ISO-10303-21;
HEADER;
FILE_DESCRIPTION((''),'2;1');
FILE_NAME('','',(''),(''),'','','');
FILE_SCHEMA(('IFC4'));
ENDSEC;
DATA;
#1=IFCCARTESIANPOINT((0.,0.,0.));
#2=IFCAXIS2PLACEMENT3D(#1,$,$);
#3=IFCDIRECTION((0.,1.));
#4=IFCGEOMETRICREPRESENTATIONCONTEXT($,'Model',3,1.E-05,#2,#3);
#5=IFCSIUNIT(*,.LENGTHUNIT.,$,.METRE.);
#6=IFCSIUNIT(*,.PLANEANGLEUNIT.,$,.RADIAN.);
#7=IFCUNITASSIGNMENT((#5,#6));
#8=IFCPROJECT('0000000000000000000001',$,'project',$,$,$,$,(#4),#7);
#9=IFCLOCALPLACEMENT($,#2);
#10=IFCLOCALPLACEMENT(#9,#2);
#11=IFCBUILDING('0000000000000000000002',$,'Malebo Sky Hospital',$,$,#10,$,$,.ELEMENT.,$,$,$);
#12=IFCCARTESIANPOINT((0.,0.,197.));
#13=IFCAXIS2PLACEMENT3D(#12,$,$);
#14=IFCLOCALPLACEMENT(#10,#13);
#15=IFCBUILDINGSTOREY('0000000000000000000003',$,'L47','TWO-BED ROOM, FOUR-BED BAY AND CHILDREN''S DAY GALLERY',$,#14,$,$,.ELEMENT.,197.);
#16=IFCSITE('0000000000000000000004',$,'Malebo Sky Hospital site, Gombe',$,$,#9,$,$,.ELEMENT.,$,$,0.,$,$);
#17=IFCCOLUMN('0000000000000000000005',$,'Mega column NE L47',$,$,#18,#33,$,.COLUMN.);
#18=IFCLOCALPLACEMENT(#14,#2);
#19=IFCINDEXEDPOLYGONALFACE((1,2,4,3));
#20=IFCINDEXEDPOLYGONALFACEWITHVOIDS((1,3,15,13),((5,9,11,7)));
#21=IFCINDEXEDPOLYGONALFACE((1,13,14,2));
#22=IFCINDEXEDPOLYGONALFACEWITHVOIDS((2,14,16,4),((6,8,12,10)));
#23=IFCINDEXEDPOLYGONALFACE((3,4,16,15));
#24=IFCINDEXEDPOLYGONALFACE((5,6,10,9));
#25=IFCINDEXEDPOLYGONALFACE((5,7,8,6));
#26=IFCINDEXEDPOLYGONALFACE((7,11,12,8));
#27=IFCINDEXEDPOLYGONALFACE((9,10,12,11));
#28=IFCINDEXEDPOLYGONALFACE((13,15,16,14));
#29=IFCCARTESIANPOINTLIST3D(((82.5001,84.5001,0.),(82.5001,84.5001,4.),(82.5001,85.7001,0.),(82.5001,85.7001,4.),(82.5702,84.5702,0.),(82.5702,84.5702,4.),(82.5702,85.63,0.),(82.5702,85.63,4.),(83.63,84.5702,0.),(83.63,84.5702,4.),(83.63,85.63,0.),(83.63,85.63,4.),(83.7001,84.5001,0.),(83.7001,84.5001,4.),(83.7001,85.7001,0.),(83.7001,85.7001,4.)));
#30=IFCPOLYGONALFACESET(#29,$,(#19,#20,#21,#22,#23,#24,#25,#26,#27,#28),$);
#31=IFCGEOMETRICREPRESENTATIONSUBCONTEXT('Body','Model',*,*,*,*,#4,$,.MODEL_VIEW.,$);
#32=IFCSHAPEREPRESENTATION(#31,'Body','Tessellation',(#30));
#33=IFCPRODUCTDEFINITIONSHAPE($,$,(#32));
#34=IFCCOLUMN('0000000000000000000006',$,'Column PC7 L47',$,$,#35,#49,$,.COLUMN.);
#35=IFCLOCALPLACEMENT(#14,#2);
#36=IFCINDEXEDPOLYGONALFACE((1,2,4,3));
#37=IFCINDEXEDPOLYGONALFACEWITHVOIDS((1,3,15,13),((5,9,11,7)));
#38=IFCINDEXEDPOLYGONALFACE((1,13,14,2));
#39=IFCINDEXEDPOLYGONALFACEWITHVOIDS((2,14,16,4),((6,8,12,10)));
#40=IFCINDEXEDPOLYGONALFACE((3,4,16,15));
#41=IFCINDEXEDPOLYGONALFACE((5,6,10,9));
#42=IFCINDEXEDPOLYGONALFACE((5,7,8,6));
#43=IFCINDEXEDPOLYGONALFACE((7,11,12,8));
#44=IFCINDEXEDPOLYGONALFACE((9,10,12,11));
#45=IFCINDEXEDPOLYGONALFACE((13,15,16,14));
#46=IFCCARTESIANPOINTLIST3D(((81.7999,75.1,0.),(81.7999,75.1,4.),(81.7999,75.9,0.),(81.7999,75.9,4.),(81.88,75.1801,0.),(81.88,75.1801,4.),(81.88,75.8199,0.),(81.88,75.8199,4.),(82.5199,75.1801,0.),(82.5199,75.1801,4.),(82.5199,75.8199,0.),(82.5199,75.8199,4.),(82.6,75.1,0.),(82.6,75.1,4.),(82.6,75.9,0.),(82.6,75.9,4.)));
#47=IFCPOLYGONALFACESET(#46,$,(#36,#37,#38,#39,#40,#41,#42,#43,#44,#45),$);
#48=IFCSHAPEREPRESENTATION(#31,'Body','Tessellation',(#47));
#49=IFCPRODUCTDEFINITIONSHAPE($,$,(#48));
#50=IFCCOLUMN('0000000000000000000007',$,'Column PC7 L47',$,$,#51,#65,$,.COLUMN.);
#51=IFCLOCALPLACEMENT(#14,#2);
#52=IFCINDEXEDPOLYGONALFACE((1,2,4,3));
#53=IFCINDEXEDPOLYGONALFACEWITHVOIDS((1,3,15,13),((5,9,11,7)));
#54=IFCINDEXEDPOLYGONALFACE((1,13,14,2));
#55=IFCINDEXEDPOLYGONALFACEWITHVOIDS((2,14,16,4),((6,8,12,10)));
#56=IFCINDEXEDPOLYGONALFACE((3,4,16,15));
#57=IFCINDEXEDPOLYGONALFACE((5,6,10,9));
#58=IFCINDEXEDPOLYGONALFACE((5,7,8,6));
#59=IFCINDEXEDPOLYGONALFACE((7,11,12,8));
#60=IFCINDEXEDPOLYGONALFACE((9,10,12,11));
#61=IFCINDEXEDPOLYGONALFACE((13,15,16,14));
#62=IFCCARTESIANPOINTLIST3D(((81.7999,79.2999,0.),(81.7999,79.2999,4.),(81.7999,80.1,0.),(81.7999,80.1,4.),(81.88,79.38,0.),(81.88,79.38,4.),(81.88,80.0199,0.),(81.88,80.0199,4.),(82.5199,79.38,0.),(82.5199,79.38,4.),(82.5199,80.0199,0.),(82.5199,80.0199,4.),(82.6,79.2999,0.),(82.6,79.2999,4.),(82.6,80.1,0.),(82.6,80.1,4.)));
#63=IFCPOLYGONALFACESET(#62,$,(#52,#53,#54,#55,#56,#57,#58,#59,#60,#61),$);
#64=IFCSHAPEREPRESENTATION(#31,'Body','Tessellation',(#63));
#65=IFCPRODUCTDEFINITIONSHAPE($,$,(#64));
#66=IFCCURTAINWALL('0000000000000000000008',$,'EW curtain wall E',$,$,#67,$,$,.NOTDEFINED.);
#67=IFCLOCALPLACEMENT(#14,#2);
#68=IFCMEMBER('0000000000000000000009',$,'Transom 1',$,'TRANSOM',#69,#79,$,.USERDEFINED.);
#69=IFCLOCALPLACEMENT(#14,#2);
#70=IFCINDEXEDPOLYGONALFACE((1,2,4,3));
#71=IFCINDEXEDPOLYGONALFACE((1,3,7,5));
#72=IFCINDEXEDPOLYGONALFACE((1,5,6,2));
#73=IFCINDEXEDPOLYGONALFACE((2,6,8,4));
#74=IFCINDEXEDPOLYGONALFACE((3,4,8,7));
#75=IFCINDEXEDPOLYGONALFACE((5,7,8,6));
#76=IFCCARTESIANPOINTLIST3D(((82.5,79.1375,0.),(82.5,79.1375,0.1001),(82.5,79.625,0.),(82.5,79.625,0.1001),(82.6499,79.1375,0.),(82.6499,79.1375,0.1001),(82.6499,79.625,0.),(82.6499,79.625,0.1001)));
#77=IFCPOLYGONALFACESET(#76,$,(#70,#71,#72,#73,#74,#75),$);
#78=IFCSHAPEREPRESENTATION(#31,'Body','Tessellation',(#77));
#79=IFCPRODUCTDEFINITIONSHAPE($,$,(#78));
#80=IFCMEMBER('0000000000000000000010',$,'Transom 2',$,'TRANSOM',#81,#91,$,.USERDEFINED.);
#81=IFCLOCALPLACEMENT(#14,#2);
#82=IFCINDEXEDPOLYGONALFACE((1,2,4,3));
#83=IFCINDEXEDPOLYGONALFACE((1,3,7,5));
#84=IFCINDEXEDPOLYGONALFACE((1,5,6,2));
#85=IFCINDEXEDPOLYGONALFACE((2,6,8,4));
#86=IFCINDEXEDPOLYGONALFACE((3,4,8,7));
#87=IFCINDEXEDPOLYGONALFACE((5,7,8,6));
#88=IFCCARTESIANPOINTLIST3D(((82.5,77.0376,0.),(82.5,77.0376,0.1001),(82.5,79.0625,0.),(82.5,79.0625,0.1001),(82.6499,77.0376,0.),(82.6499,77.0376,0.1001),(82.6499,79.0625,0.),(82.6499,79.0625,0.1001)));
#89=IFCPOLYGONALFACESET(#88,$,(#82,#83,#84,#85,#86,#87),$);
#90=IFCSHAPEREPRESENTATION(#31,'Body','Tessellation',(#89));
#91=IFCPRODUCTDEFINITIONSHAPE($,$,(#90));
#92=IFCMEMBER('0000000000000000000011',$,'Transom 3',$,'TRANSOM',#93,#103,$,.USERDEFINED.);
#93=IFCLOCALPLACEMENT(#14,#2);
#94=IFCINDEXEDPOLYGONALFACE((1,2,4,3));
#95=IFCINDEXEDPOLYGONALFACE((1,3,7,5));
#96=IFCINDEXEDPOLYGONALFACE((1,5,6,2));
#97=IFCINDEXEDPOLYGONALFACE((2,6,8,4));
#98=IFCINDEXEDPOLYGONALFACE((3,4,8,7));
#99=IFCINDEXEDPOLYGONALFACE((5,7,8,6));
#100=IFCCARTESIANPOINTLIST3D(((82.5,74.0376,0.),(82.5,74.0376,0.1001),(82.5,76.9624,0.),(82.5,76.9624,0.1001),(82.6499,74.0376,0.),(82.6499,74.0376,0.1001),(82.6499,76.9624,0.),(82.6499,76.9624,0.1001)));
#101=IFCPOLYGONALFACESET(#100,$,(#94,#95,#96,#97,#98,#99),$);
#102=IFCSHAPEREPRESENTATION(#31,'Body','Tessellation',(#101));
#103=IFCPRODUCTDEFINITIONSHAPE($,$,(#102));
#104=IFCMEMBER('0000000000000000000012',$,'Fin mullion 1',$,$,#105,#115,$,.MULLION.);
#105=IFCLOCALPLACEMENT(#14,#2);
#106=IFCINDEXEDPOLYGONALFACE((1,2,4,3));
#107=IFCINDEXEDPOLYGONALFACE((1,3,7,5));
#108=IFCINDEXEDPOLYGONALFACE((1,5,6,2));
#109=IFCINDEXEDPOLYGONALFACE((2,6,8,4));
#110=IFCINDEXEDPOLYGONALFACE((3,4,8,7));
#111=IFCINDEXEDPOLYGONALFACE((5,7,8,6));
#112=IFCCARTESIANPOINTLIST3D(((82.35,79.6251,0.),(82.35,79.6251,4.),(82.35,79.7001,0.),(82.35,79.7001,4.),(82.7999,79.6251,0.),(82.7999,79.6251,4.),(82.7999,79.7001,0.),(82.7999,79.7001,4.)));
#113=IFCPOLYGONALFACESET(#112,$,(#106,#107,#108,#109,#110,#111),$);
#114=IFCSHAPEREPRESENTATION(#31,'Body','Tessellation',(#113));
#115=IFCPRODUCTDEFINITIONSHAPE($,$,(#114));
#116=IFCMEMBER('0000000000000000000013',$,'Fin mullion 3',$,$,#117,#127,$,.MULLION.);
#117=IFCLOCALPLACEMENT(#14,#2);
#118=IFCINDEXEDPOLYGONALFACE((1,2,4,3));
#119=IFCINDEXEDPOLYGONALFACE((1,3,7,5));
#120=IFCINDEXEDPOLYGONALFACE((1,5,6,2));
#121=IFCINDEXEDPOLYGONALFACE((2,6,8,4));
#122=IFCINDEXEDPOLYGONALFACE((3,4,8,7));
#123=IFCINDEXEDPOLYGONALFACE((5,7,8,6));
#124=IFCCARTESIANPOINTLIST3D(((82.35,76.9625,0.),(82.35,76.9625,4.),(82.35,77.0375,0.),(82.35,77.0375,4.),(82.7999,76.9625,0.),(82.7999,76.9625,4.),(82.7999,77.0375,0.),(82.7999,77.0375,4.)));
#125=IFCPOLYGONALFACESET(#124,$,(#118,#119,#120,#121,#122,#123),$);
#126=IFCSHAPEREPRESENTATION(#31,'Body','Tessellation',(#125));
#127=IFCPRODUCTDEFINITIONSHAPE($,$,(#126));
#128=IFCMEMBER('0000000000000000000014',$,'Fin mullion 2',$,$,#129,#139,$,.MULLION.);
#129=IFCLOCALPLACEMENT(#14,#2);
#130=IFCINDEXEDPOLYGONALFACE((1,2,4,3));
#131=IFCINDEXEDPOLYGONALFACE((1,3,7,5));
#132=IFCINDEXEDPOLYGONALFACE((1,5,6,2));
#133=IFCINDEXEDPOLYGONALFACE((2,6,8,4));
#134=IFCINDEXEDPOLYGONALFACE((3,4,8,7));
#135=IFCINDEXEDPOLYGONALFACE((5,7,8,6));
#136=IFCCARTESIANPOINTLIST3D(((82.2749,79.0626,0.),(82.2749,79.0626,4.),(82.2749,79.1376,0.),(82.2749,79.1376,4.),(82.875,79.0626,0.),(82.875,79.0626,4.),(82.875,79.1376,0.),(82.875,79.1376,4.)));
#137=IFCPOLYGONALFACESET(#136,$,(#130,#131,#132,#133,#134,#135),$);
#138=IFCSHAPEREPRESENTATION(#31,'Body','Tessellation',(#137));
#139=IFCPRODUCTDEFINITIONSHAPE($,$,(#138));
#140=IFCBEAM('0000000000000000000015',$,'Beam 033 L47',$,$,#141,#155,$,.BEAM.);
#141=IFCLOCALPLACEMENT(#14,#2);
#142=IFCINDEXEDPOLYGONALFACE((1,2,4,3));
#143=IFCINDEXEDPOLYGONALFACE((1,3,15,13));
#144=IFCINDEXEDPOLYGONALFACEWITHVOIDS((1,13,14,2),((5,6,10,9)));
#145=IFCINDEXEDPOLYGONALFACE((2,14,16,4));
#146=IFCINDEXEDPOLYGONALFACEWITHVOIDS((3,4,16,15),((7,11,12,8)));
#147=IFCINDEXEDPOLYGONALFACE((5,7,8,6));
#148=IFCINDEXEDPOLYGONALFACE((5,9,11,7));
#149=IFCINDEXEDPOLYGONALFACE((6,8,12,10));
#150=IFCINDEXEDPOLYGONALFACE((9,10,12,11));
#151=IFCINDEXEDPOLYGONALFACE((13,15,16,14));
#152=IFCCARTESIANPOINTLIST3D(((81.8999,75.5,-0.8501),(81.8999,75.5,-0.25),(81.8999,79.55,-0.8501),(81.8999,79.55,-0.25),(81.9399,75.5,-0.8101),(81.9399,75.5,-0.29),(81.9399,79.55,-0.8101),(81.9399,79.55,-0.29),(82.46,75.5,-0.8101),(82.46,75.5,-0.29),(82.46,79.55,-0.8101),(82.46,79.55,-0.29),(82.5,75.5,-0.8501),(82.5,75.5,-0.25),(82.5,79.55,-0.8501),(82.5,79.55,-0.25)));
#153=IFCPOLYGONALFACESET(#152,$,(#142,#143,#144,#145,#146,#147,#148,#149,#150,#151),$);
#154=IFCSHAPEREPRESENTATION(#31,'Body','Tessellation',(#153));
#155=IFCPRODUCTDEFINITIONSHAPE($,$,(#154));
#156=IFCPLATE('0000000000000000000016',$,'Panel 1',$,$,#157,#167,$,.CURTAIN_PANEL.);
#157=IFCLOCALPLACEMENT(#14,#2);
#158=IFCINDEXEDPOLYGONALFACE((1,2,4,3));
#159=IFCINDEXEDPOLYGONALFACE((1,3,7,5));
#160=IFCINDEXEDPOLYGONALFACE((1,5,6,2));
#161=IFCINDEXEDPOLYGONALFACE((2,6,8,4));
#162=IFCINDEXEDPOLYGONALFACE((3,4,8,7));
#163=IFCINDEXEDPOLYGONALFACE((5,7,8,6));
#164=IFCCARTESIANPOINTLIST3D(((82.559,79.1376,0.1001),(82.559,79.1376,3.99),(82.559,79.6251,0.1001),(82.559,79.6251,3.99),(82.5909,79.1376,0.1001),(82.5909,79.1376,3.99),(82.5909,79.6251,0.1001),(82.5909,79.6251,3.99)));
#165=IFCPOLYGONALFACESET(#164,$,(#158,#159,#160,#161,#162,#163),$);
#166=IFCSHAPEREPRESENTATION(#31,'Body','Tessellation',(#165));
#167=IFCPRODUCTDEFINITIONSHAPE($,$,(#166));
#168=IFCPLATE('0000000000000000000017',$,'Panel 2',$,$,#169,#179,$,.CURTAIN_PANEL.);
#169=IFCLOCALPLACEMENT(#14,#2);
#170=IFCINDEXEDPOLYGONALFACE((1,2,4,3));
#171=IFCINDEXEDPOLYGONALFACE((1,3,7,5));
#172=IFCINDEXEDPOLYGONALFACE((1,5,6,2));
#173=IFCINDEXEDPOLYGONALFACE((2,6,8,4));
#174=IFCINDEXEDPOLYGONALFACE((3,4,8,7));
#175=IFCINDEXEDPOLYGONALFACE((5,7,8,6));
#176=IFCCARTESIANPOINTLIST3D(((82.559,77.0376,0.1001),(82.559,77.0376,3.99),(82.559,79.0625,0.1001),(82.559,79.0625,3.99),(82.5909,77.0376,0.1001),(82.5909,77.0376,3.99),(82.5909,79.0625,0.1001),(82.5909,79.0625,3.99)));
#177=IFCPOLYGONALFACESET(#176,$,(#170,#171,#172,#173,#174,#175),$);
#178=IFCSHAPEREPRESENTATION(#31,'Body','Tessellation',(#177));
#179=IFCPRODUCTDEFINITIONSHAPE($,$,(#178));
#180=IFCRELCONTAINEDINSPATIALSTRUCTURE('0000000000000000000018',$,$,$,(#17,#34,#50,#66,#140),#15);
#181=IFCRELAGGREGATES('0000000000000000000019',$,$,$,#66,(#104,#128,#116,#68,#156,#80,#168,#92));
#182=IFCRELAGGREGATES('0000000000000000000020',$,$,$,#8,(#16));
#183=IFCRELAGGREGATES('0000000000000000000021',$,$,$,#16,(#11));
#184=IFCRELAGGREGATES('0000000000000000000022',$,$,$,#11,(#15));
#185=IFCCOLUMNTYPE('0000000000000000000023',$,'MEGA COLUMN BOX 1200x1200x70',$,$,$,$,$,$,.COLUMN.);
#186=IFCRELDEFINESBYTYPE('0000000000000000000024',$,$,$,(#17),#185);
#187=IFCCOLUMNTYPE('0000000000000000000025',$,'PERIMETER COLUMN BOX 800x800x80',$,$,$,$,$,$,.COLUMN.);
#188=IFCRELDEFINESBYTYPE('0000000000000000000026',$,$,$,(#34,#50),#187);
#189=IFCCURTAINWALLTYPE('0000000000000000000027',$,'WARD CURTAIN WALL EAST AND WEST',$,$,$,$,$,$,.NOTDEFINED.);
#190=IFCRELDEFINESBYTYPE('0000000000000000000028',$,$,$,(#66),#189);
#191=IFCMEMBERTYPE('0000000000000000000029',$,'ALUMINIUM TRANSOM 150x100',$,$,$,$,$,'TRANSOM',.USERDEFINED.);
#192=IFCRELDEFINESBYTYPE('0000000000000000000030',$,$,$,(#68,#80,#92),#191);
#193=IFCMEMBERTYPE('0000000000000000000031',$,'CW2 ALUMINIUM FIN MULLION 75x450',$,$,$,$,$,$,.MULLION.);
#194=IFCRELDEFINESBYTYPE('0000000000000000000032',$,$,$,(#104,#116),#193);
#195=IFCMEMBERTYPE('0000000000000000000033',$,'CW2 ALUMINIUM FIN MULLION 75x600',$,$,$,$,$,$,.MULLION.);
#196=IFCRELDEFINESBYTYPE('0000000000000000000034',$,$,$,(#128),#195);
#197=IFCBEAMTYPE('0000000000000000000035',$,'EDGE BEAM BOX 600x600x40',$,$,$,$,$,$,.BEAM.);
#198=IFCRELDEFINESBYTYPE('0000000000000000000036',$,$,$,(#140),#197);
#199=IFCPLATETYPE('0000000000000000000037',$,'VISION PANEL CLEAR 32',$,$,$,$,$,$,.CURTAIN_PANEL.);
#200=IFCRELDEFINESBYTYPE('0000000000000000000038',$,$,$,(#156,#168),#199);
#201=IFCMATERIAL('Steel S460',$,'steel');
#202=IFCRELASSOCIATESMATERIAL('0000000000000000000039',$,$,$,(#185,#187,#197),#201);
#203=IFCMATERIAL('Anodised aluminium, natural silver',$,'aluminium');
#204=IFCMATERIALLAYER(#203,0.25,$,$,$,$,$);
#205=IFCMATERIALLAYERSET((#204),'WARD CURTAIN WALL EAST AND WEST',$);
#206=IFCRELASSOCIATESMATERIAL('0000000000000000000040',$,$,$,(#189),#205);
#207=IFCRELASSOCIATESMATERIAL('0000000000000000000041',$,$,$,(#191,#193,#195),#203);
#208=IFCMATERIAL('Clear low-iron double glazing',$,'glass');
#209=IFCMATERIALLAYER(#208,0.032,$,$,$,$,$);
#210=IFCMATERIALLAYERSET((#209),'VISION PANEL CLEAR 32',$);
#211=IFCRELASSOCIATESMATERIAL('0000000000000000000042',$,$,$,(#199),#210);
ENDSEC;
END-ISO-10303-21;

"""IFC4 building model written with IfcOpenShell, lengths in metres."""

from ifc_helpers import new_model, si_unit, direction, frame, origin, origin_2d, place, context, subcontext, project, spatial, rectangle, hollow_rectangle, extrude, material, layer, layer_set, material_profile, profile_set, type_object, element, aggregate, save


model = new_model("IFC4")

# Units and contexts
model_context = context("Model", 3, precision=1e-05, world=origin(), true_north=direction((0.0, 1.0)))
body_context = subcontext(model_context, "Body", "Model", "MODEL_VIEW")
ifc_project = project(units=[si_unit("LENGTHUNIT", "METRE"), si_unit("PLANEANGLEUNIT", "RADIAN")], contexts=[model_context])

# Site, building, storey
site_placement = place(None, origin())
site = spatial("IfcSite", under=ifc_project, at=site_placement, Name="Malebo Sky Hospital site, Gombe", CompositionType="ELEMENT", RefElevation=0.0)
building_placement = place(site_placement, origin())
building = spatial("IfcBuilding", under=site, at=building_placement, Name="Malebo Sky Hospital", CompositionType="ELEMENT")
storey_placement = place(building_placement, frame((0.0, 0.0, 197.0)))
storey = spatial("IfcBuildingStorey", under=building, at=storey_placement, Name="L47", Description="TWO-BED ROOM, FOUR-BED BAY AND CHILDREN'S DAY GALLERY", CompositionType="ELEMENT", Elevation=197.0)

# Columns
ifc_material_1 = material(Name="Steel S460", Category="steel")
ifc_material_profile_1 = material_profile(ifc_material_1, hollow_rectangle(XDim=1.2, YDim=1.2, WallThickness=0.0701, at=origin_2d()), Name="BOX 1200x1200x70")
ifc_profile_set_1 = profile_set([ifc_material_profile_1], Name="Steel S460")
column_type_1 = type_object("IfcColumnType", Name="MEGA COLUMN BOX 1200x1200x70", PredefinedType="COLUMN", material=ifc_profile_set_1)
column_placement = place(storey_placement, frame((83.1001, 85.1001, 0.0), z_axis=(0.0, 0.0, 1.0), x_axis=(1.0, 0.0, 0.0)))
element("IfcColumn", 1, at=column_placement, inside=storey, type_object=column_type_1, Name="Mega column NE L47", PredefinedType="COLUMN", context=body_context, shape_type="SweptSolid", body=[
    extrude(hollow_rectangle(XDim=1.2, YDim=1.2, WallThickness=0.0701, at=origin_2d()), origin(), (0.0, 0.0, 1.0), 4.0),
])
ifc_material_profile_2 = material_profile(ifc_material_1, hollow_rectangle(XDim=0.8, YDim=0.8, WallThickness=0.0801, at=origin_2d()), Name="BOX 800x800x80")
ifc_profile_set_2 = profile_set([ifc_material_profile_2], Name="Steel S460")
column_type_2 = type_object("IfcColumnType", Name="PERIMETER COLUMN BOX 800x800x80", PredefinedType="COLUMN", material=ifc_profile_set_2)
for number, where, z_axis, x_axis, name in (
    (2, (82.2, 75.5, 0.0), (0.0, 0.0, 1.0), (1.0, 0.0, 0.0), "Column PC7 L47"),
    (3, (82.2, 79.7, 0.0), (0.0, 0.0, 1.0), (1.0, 0.0, 0.0), "Column PC7 L47"),
):
    element("IfcColumn", number, at=place(storey_placement, frame(where, z_axis=z_axis, x_axis=x_axis)), inside=storey, type_object=column_type_2, Name=name, PredefinedType="COLUMN", context=body_context, shape_type="SweptSolid", body=[
        extrude(hollow_rectangle(XDim=0.8, YDim=0.8, WallThickness=0.0801, at=origin_2d()), origin(), (0.0, 0.0, 1.0), 4.0),
    ])

# Curtain wall, members
ifc_material_2 = material(Name="Anodised aluminium, natural silver", Category="aluminium")
ifc_layer_1 = layer(ifc_material_2, 0.25)
ifc_layer_set_1 = layer_set([ifc_layer_1], Name="WARD CURTAIN WALL EAST AND WEST")
curtain_wall_type = type_object("IfcCurtainWallType", Name="WARD CURTAIN WALL EAST AND WEST", PredefinedType="NOTDEFINED", material=ifc_layer_set_1)
curtain_wall_placement = place(storey_placement, origin())
curtain_wall = element("IfcCurtainWall", 4, at=curtain_wall_placement, inside=storey, type_object=curtain_wall_type, Name="EW curtain wall E", PredefinedType="NOTDEFINED")
ifc_material_profile_3 = material_profile(ifc_material_2, rectangle(XDim=0.1499, YDim=0.1001, at=origin_2d()), Name="ALUMINIUM TRANSOM 150x100")
ifc_profile_set_3 = profile_set([ifc_material_profile_3], Name="Anodised aluminium, natural silver")
member_type_1 = type_object("IfcMemberType", Name="ALUMINIUM TRANSOM 150x100", ElementType="TRANSOM", PredefinedType="USERDEFINED", material=ifc_profile_set_3)
member_1_placement = place(storey_placement, frame((82.575, 79.625, 0.05), z_axis=(0.0, -1.0, 0.0), x_axis=(1.0, 0.0, 0.0)))
member_1 = element("IfcMember", 5, at=member_1_placement, type_object=member_type_1, Name="Transom 1", ObjectType="TRANSOM", PredefinedType="USERDEFINED", context=body_context, shape_type="SweptSolid", body=[
    extrude(rectangle(XDim=0.1499, YDim=0.1001, at=origin_2d()), origin(), (0.0, 0.0, 1.0), 0.4875),
])
member_2_placement = place(storey_placement, frame((82.575, 79.0625, 0.05), z_axis=(0.0, -1.0, 0.0), x_axis=(1.0, 0.0, 0.0)))
member_2 = element("IfcMember", 6, at=member_2_placement, type_object=member_type_1, Name="Transom 2", ObjectType="TRANSOM", PredefinedType="USERDEFINED", context=body_context, shape_type="SweptSolid", body=[
    extrude(rectangle(XDim=0.1499, YDim=0.1001, at=origin_2d()), origin(), (0.0, 0.0, 1.0), 2.0249),
])
member_3_placement = place(storey_placement, frame((82.575, 76.9624, 0.05), z_axis=(0.0, -1.0, 0.0), x_axis=(1.0, 0.0, 0.0)))
member_3 = element("IfcMember", 7, at=member_3_placement, type_object=member_type_1, Name="Transom 3", ObjectType="TRANSOM", PredefinedType="USERDEFINED", context=body_context, shape_type="SweptSolid", body=[
    extrude(rectangle(XDim=0.1499, YDim=0.1001, at=origin_2d()), origin(), (0.0, 0.0, 1.0), 2.9248),
])
ifc_material_profile_4 = material_profile(ifc_material_2, rectangle(XDim=0.075, YDim=0.45, at=origin_2d()), Name="CW2 ALUMINIUM FIN MULLION 75x450")
ifc_profile_set_4 = profile_set([ifc_material_profile_4], Name="Anodised aluminium, natural silver")
member_type_2 = type_object("IfcMemberType", Name="CW2 ALUMINIUM FIN MULLION 75x450", PredefinedType="MULLION", material=ifc_profile_set_4)
member_4_placement = place(storey_placement, frame((82.575, 79.6626, 0.0), z_axis=(0.0, 0.0, 1.0), x_axis=(0.0, -1.0, 0.0)))
member_4 = element("IfcMember", 8, at=member_4_placement, type_object=member_type_2, Name="Fin mullion 1", PredefinedType="MULLION", context=body_context, shape_type="SweptSolid", body=[
    extrude(rectangle(XDim=0.075, YDim=0.45, at=origin_2d()), origin(), (0.0, 0.0, 1.0), 4.0),
])
member_5_placement = place(storey_placement, frame((82.575, 77.0, 0.0), z_axis=(0.0, 0.0, 1.0), x_axis=(0.0, -1.0, 0.0)))
member_5 = element("IfcMember", 9, at=member_5_placement, type_object=member_type_2, Name="Fin mullion 3", PredefinedType="MULLION", context=body_context, shape_type="SweptSolid", body=[
    extrude(rectangle(XDim=0.075, YDim=0.45, at=origin_2d()), origin(), (0.0, 0.0, 1.0), 4.0),
])
ifc_material_profile_5 = material_profile(ifc_material_2, rectangle(XDim=0.075, YDim=0.6001, at=origin_2d()), Name="CW2 ALUMINIUM FIN MULLION 75x600")
ifc_profile_set_5 = profile_set([ifc_material_profile_5], Name="Anodised aluminium, natural silver")
member_type_3 = type_object("IfcMemberType", Name="CW2 ALUMINIUM FIN MULLION 75x600", PredefinedType="MULLION", material=ifc_profile_set_5)
member_6_placement = place(storey_placement, frame((82.575, 79.1001, 0.0), z_axis=(0.0, 0.0, 1.0), x_axis=(0.0, -1.0, 0.0)))
member_6 = element("IfcMember", 10, at=member_6_placement, type_object=member_type_3, Name="Fin mullion 2", PredefinedType="MULLION", context=body_context, shape_type="SweptSolid", body=[
    extrude(rectangle(XDim=0.075, YDim=0.6001, at=origin_2d()), origin(), (0.0, 0.0, 1.0), 4.0),
])

# Beam
ifc_material_profile_6 = material_profile(ifc_material_1, hollow_rectangle(XDim=0.6001, YDim=0.6001, WallThickness=0.04, at=origin_2d()), Name="BOX 600x600x40")
ifc_profile_set_6 = profile_set([ifc_material_profile_6], Name="Steel S460")
beam_type = type_object("IfcBeamType", Name="EDGE BEAM BOX 600x600x40", PredefinedType="BEAM", material=ifc_profile_set_6)
beam_placement = place(storey_placement, frame((82.2, 75.5, -0.55), z_axis=(0.0, 1.0, 0.0), x_axis=(-1.0, 0.0, 0.0)))
element("IfcBeam", 11, at=beam_placement, inside=storey, type_object=beam_type, Name="Beam 033 L47", PredefinedType="BEAM", context=body_context, shape_type="SweptSolid", body=[
    extrude(hollow_rectangle(XDim=0.6001, YDim=0.6001, WallThickness=0.04, at=origin_2d()), origin(), (0.0, 0.0, 1.0), 4.05),
])

# Plates
ifc_material_3 = material(Name="Clear low-iron double glazing", Category="glass")
ifc_layer_2 = layer(ifc_material_3, 0.032)
ifc_layer_set_2 = layer_set([ifc_layer_2], Name="VISION PANEL CLEAR 32")
plate_type = type_object("IfcPlateType", Name="VISION PANEL CLEAR 32", PredefinedType="CURTAIN_PANEL", material=ifc_layer_set_2)
plate_1_placement = place(storey_placement, frame((82.575, 79.3813, 0.1001), z_axis=(0.0, 0.0, 1.0), x_axis=(0.0, -1.0, 0.0)))
plate_1 = element("IfcPlate", 12, at=plate_1_placement, type_object=plate_type, Name="Panel 1", PredefinedType="CURTAIN_PANEL", context=body_context, shape_type="SweptSolid", body=[
    extrude(rectangle(XDim=0.4875, YDim=0.032, at=origin_2d()), origin(), (0.0, 0.0, 1.0), 3.8899),
])
plate_2_placement = place(storey_placement, frame((82.575, 78.05, 0.1001), z_axis=(0.0, 0.0, 1.0), x_axis=(0.0, -1.0, 0.0)))
plate_2 = element("IfcPlate", 13, at=plate_2_placement, type_object=plate_type, Name="Panel 2", PredefinedType="CURTAIN_PANEL", context=body_context, shape_type="SweptSolid", body=[
    extrude(rectangle(XDim=2.0249, YDim=0.032, at=origin_2d()), origin(), (0.0, 0.0, 1.0), 3.8899),
])
aggregate(curtain_wall, [member_4, member_6, member_5, member_1, plate_1, member_2, plate_2, member_3])

save(model, "model.ifc")
